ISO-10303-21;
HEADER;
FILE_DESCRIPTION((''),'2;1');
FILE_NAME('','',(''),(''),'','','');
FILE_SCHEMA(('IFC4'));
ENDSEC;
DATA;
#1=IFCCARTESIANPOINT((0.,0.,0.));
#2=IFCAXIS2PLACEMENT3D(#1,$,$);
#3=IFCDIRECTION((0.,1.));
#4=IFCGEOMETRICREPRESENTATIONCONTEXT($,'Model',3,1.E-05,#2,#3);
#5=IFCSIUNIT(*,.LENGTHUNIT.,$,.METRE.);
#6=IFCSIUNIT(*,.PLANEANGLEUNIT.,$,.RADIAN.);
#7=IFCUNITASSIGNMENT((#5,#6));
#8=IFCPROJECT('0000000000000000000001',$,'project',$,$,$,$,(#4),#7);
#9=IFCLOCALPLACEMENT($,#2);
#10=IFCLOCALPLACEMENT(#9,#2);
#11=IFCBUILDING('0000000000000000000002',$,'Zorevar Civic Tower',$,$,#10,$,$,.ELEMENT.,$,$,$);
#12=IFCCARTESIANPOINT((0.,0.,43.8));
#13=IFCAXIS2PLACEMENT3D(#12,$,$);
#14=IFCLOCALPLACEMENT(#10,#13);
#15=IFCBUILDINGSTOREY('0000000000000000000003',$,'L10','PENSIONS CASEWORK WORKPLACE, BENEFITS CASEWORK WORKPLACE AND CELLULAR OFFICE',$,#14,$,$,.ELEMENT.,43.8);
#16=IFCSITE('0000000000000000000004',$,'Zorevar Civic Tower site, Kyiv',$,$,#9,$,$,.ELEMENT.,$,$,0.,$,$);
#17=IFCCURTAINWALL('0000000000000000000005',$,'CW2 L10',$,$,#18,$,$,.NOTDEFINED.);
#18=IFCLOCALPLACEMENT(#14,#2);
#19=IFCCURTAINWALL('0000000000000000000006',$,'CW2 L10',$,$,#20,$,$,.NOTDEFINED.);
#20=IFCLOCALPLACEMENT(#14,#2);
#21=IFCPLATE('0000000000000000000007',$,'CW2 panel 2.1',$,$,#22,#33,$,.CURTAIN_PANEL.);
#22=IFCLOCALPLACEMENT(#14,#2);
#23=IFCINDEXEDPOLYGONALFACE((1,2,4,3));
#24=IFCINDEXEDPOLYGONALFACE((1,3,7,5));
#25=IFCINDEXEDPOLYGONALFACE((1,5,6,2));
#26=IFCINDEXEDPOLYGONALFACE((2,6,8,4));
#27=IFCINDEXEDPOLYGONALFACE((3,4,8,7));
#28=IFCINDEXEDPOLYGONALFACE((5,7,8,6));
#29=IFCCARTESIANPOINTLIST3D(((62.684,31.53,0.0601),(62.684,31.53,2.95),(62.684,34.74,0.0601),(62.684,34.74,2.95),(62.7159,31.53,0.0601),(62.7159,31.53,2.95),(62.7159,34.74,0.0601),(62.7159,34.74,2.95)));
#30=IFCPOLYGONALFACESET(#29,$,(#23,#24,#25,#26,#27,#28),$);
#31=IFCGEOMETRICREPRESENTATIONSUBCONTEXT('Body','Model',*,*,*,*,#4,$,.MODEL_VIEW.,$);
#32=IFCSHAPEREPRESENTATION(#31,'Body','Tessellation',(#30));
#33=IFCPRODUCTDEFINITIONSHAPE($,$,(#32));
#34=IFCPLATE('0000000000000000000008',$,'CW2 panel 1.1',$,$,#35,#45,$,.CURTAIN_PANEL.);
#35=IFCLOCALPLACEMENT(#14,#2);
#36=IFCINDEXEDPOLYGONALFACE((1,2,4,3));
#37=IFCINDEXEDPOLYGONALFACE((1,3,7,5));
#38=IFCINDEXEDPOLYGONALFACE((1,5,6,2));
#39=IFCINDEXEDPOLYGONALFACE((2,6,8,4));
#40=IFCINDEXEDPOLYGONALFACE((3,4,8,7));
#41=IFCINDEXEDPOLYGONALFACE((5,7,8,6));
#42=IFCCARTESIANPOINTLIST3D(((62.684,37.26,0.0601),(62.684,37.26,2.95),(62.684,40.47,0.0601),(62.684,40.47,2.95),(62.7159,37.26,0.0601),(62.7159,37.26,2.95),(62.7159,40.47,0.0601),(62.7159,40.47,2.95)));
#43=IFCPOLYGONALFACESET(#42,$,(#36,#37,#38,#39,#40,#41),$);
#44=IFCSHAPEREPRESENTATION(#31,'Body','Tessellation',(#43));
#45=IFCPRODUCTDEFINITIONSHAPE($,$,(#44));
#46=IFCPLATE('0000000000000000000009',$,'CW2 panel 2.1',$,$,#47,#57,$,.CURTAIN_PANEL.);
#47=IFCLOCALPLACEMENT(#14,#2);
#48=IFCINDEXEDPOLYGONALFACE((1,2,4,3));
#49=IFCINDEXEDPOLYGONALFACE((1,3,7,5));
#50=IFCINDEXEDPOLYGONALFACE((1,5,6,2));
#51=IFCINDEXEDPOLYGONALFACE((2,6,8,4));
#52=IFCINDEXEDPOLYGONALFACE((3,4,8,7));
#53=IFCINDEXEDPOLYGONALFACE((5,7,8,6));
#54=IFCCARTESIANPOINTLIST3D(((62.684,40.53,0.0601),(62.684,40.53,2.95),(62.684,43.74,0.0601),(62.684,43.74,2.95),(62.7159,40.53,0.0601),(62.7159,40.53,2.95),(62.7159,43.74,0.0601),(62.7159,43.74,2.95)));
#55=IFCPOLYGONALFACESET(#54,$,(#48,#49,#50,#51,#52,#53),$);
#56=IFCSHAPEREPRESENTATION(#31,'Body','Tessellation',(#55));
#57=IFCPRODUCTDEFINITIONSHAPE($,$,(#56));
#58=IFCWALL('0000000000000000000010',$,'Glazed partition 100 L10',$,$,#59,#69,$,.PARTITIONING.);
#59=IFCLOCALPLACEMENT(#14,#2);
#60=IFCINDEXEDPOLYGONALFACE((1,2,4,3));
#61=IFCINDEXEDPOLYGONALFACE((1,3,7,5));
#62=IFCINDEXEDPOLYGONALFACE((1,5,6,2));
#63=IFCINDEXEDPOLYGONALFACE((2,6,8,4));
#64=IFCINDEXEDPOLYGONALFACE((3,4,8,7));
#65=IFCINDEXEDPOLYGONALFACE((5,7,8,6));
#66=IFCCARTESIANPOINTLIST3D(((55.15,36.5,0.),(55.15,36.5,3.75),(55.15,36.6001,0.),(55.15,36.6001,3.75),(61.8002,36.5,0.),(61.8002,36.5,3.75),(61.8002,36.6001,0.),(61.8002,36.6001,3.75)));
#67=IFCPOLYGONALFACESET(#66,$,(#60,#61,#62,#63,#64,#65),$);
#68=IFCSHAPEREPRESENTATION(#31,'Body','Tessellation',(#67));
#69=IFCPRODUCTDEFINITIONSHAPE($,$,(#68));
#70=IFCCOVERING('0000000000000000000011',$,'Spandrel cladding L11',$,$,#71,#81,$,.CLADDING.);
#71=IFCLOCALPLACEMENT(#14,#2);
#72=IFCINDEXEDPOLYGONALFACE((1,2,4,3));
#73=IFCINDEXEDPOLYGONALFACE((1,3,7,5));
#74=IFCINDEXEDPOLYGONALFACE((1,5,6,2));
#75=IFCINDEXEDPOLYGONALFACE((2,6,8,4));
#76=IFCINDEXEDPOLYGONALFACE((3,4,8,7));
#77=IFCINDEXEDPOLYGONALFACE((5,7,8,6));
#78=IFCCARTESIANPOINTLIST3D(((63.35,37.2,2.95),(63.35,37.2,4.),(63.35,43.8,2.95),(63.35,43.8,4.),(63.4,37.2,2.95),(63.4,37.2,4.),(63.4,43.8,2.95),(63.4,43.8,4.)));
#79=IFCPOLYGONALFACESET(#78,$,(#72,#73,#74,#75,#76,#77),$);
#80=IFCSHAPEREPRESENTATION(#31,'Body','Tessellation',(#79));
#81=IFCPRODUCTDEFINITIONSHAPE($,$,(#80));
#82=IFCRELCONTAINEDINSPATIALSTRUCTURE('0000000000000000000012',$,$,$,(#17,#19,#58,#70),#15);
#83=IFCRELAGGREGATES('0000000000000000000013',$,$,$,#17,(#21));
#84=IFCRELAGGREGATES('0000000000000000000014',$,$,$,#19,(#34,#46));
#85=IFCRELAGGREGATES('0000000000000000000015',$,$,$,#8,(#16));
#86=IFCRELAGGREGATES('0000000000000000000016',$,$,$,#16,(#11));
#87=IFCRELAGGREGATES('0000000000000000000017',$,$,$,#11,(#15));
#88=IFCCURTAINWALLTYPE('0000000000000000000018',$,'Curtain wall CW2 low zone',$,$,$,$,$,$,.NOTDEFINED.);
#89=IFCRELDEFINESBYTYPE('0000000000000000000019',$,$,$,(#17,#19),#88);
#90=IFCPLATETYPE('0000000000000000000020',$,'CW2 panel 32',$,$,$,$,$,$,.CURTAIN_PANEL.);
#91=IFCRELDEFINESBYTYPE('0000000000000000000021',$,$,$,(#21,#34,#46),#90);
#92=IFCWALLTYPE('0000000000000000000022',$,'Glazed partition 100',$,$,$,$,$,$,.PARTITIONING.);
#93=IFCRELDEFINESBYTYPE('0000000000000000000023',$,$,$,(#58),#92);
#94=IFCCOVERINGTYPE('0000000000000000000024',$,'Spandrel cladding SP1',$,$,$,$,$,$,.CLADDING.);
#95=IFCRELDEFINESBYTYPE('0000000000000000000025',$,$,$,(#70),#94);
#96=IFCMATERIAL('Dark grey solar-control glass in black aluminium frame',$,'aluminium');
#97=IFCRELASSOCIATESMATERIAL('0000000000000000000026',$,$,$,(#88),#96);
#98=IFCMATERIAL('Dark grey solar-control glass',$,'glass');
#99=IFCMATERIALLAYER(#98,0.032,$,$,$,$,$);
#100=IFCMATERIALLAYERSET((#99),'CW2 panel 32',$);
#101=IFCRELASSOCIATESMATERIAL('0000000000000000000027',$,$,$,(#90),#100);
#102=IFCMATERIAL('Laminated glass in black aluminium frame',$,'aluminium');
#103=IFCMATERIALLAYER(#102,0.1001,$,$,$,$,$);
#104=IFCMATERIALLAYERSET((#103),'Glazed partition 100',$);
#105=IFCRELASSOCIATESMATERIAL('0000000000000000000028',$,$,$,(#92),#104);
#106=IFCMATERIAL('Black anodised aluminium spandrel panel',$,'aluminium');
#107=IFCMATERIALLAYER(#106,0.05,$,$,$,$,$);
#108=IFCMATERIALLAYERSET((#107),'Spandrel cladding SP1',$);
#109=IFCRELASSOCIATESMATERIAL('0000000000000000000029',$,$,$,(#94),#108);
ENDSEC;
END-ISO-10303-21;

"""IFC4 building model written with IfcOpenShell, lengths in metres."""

from ifc_helpers import new_model, si_unit, direction, frame, frame_2d, origin, origin_2d, place, context, subcontext, project, spatial, rectangle, extrude, material, layer, layer_set, type_object, element, aggregate, save


model = new_model("IFC4")

# Units and contexts
model_context = context("Model", 3, precision=1e-05, world=origin(), true_north=direction((0.0, 1.0)))
body_context = subcontext(model_context, "Body", "Model", "MODEL_VIEW")
ifc_project = project(units=[si_unit("LENGTHUNIT", "METRE"), si_unit("PLANEANGLEUNIT", "RADIAN")], contexts=[model_context])

# Site, building, storey
site_placement = place(None, origin())
site = spatial("IfcSite", under=ifc_project, at=site_placement, Name="Zorevar Civic Tower site, Kyiv", CompositionType="ELEMENT", RefElevation=0.0)
building_placement = place(site_placement, origin())
building = spatial("IfcBuilding", under=site, at=building_placement, Name="Zorevar Civic Tower", CompositionType="ELEMENT")
storey_placement = place(building_placement, frame((0.0, 0.0, 43.8)))
storey = spatial("IfcBuildingStorey", under=building, at=storey_placement, Name="L10", Description="PENSIONS CASEWORK WORKPLACE, BENEFITS CASEWORK WORKPLACE AND CELLULAR OFFICE", CompositionType="ELEMENT", Elevation=43.8)

# Curtain walls
ifc_material_1 = material(Name="Dark grey solar-control glass in black aluminium frame", Category="aluminium")
curtain_wall_type = type_object("IfcCurtainWallType", Name="Curtain wall CW2 low zone", PredefinedType="NOTDEFINED", material=ifc_material_1)
curtain_wall_1_placement = place(storey_placement, origin())
curtain_wall_1 = element("IfcCurtainWall", 1, at=curtain_wall_1_placement, inside=storey, type_object=curtain_wall_type, Name="CW2 L10", PredefinedType="NOTDEFINED")
curtain_wall_2_placement = place(storey_placement, origin())
curtain_wall_2 = element("IfcCurtainWall", 2, at=curtain_wall_2_placement, inside=storey, type_object=curtain_wall_type, Name="CW2 L10", PredefinedType="NOTDEFINED")

# Plates
ifc_material_2 = material(Name="Dark grey solar-control glass", Category="glass")
ifc_layer_1 = layer(ifc_material_2, 0.032)
ifc_layer_set_1 = layer_set([ifc_layer_1], Name="CW2 panel 32")
plate_type = type_object("IfcPlateType", Name="CW2 panel 32", PredefinedType="CURTAIN_PANEL", material=ifc_layer_set_1)
plate_1_placement = place(storey_placement, frame((62.7, 33.135, 0.0601), z_axis=(0.0, 0.0, 1.0), x_axis=(0.0, 1.0, 0.0)))
plate_1 = element("IfcPlate", 3, at=plate_1_placement, type_object=plate_type, Name="CW2 panel 2.1", PredefinedType="CURTAIN_PANEL", context=body_context, shape_type="SweptSolid", body=[
    extrude(rectangle(XDim=3.21, YDim=0.032, at=origin_2d()), origin(), (0.0, 0.0, 1.0), 2.8899),
])
aggregate(curtain_wall_1, [plate_1])
plate_2_placement = place(storey_placement, frame((62.7, 38.865, 0.0601), z_axis=(0.0, 0.0, 1.0), x_axis=(0.0, 1.0, 0.0)))
plate_2 = element("IfcPlate", 4, at=plate_2_placement, type_object=plate_type, Name="CW2 panel 1.1", PredefinedType="CURTAIN_PANEL", context=body_context, shape_type="SweptSolid", body=[
    extrude(rectangle(XDim=3.21, YDim=0.032, at=origin_2d()), origin(), (0.0, 0.0, 1.0), 2.8899),
])
plate_3_placement = place(storey_placement, frame((62.7, 42.135, 0.0601), z_axis=(0.0, 0.0, 1.0), x_axis=(0.0, 1.0, 0.0)))
plate_3 = element("IfcPlate", 5, at=plate_3_placement, type_object=plate_type, Name="CW2 panel 2.1", PredefinedType="CURTAIN_PANEL", context=body_context, shape_type="SweptSolid", body=[
    extrude(rectangle(XDim=3.21, YDim=0.032, at=origin_2d()), origin(), (0.0, 0.0, 1.0), 2.8899),
])
aggregate(curtain_wall_2, [plate_2, plate_3])

# Wall
ifc_material_3 = material(Name="Laminated glass in black aluminium frame", Category="aluminium")
ifc_layer_2 = layer(ifc_material_3, 0.1001)
ifc_layer_set_2 = layer_set([ifc_layer_2], Name="Glazed partition 100")
wall_type = type_object("IfcWallType", Name="Glazed partition 100", PredefinedType="PARTITIONING", material=ifc_layer_set_2)
wall_placement = place(storey_placement, frame((55.1499, 36.55, 0.0), z_axis=(0.0, 0.0, 1.0), x_axis=(1.0, 0.0, 0.0)))
element("IfcWall", 6, at=wall_placement, inside=storey, type_object=wall_type, Name="Glazed partition 100 L10", PredefinedType="PARTITIONING", context=body_context, shape_type="SweptSolid", body=[
    extrude(rectangle(XDim=6.6501, YDim=0.1001, at=frame_2d((3.3252, 0.0))), origin(), (0.0, 0.0, 1.0), 3.75),
])

# Covering
ifc_material_4 = material(Name="Black anodised aluminium spandrel panel", Category="aluminium")
ifc_layer_3 = layer(ifc_material_4, 0.05)
ifc_layer_set_3 = layer_set([ifc_layer_3], Name="Spandrel cladding SP1")
covering_type = type_object("IfcCoveringType", Name="Spandrel cladding SP1", PredefinedType="CLADDING", material=ifc_layer_set_3)
covering_placement = place(storey_placement, frame((63.375, 37.2, 2.95), z_axis=(0.0, 0.0, 1.0), x_axis=(0.0, 1.0, 0.0)))
element("IfcCovering", 7, at=covering_placement, inside=storey, type_object=covering_type, Name="Spandrel cladding L11", PredefinedType="CLADDING", context=body_context, shape_type="SweptSolid", body=[
    extrude(rectangle(XDim=6.6001, YDim=0.05, at=frame_2d((3.3, 0.0))), origin(), (0.0, 0.0, 1.0), 1.05),
])

save(model, "model.ifc")
